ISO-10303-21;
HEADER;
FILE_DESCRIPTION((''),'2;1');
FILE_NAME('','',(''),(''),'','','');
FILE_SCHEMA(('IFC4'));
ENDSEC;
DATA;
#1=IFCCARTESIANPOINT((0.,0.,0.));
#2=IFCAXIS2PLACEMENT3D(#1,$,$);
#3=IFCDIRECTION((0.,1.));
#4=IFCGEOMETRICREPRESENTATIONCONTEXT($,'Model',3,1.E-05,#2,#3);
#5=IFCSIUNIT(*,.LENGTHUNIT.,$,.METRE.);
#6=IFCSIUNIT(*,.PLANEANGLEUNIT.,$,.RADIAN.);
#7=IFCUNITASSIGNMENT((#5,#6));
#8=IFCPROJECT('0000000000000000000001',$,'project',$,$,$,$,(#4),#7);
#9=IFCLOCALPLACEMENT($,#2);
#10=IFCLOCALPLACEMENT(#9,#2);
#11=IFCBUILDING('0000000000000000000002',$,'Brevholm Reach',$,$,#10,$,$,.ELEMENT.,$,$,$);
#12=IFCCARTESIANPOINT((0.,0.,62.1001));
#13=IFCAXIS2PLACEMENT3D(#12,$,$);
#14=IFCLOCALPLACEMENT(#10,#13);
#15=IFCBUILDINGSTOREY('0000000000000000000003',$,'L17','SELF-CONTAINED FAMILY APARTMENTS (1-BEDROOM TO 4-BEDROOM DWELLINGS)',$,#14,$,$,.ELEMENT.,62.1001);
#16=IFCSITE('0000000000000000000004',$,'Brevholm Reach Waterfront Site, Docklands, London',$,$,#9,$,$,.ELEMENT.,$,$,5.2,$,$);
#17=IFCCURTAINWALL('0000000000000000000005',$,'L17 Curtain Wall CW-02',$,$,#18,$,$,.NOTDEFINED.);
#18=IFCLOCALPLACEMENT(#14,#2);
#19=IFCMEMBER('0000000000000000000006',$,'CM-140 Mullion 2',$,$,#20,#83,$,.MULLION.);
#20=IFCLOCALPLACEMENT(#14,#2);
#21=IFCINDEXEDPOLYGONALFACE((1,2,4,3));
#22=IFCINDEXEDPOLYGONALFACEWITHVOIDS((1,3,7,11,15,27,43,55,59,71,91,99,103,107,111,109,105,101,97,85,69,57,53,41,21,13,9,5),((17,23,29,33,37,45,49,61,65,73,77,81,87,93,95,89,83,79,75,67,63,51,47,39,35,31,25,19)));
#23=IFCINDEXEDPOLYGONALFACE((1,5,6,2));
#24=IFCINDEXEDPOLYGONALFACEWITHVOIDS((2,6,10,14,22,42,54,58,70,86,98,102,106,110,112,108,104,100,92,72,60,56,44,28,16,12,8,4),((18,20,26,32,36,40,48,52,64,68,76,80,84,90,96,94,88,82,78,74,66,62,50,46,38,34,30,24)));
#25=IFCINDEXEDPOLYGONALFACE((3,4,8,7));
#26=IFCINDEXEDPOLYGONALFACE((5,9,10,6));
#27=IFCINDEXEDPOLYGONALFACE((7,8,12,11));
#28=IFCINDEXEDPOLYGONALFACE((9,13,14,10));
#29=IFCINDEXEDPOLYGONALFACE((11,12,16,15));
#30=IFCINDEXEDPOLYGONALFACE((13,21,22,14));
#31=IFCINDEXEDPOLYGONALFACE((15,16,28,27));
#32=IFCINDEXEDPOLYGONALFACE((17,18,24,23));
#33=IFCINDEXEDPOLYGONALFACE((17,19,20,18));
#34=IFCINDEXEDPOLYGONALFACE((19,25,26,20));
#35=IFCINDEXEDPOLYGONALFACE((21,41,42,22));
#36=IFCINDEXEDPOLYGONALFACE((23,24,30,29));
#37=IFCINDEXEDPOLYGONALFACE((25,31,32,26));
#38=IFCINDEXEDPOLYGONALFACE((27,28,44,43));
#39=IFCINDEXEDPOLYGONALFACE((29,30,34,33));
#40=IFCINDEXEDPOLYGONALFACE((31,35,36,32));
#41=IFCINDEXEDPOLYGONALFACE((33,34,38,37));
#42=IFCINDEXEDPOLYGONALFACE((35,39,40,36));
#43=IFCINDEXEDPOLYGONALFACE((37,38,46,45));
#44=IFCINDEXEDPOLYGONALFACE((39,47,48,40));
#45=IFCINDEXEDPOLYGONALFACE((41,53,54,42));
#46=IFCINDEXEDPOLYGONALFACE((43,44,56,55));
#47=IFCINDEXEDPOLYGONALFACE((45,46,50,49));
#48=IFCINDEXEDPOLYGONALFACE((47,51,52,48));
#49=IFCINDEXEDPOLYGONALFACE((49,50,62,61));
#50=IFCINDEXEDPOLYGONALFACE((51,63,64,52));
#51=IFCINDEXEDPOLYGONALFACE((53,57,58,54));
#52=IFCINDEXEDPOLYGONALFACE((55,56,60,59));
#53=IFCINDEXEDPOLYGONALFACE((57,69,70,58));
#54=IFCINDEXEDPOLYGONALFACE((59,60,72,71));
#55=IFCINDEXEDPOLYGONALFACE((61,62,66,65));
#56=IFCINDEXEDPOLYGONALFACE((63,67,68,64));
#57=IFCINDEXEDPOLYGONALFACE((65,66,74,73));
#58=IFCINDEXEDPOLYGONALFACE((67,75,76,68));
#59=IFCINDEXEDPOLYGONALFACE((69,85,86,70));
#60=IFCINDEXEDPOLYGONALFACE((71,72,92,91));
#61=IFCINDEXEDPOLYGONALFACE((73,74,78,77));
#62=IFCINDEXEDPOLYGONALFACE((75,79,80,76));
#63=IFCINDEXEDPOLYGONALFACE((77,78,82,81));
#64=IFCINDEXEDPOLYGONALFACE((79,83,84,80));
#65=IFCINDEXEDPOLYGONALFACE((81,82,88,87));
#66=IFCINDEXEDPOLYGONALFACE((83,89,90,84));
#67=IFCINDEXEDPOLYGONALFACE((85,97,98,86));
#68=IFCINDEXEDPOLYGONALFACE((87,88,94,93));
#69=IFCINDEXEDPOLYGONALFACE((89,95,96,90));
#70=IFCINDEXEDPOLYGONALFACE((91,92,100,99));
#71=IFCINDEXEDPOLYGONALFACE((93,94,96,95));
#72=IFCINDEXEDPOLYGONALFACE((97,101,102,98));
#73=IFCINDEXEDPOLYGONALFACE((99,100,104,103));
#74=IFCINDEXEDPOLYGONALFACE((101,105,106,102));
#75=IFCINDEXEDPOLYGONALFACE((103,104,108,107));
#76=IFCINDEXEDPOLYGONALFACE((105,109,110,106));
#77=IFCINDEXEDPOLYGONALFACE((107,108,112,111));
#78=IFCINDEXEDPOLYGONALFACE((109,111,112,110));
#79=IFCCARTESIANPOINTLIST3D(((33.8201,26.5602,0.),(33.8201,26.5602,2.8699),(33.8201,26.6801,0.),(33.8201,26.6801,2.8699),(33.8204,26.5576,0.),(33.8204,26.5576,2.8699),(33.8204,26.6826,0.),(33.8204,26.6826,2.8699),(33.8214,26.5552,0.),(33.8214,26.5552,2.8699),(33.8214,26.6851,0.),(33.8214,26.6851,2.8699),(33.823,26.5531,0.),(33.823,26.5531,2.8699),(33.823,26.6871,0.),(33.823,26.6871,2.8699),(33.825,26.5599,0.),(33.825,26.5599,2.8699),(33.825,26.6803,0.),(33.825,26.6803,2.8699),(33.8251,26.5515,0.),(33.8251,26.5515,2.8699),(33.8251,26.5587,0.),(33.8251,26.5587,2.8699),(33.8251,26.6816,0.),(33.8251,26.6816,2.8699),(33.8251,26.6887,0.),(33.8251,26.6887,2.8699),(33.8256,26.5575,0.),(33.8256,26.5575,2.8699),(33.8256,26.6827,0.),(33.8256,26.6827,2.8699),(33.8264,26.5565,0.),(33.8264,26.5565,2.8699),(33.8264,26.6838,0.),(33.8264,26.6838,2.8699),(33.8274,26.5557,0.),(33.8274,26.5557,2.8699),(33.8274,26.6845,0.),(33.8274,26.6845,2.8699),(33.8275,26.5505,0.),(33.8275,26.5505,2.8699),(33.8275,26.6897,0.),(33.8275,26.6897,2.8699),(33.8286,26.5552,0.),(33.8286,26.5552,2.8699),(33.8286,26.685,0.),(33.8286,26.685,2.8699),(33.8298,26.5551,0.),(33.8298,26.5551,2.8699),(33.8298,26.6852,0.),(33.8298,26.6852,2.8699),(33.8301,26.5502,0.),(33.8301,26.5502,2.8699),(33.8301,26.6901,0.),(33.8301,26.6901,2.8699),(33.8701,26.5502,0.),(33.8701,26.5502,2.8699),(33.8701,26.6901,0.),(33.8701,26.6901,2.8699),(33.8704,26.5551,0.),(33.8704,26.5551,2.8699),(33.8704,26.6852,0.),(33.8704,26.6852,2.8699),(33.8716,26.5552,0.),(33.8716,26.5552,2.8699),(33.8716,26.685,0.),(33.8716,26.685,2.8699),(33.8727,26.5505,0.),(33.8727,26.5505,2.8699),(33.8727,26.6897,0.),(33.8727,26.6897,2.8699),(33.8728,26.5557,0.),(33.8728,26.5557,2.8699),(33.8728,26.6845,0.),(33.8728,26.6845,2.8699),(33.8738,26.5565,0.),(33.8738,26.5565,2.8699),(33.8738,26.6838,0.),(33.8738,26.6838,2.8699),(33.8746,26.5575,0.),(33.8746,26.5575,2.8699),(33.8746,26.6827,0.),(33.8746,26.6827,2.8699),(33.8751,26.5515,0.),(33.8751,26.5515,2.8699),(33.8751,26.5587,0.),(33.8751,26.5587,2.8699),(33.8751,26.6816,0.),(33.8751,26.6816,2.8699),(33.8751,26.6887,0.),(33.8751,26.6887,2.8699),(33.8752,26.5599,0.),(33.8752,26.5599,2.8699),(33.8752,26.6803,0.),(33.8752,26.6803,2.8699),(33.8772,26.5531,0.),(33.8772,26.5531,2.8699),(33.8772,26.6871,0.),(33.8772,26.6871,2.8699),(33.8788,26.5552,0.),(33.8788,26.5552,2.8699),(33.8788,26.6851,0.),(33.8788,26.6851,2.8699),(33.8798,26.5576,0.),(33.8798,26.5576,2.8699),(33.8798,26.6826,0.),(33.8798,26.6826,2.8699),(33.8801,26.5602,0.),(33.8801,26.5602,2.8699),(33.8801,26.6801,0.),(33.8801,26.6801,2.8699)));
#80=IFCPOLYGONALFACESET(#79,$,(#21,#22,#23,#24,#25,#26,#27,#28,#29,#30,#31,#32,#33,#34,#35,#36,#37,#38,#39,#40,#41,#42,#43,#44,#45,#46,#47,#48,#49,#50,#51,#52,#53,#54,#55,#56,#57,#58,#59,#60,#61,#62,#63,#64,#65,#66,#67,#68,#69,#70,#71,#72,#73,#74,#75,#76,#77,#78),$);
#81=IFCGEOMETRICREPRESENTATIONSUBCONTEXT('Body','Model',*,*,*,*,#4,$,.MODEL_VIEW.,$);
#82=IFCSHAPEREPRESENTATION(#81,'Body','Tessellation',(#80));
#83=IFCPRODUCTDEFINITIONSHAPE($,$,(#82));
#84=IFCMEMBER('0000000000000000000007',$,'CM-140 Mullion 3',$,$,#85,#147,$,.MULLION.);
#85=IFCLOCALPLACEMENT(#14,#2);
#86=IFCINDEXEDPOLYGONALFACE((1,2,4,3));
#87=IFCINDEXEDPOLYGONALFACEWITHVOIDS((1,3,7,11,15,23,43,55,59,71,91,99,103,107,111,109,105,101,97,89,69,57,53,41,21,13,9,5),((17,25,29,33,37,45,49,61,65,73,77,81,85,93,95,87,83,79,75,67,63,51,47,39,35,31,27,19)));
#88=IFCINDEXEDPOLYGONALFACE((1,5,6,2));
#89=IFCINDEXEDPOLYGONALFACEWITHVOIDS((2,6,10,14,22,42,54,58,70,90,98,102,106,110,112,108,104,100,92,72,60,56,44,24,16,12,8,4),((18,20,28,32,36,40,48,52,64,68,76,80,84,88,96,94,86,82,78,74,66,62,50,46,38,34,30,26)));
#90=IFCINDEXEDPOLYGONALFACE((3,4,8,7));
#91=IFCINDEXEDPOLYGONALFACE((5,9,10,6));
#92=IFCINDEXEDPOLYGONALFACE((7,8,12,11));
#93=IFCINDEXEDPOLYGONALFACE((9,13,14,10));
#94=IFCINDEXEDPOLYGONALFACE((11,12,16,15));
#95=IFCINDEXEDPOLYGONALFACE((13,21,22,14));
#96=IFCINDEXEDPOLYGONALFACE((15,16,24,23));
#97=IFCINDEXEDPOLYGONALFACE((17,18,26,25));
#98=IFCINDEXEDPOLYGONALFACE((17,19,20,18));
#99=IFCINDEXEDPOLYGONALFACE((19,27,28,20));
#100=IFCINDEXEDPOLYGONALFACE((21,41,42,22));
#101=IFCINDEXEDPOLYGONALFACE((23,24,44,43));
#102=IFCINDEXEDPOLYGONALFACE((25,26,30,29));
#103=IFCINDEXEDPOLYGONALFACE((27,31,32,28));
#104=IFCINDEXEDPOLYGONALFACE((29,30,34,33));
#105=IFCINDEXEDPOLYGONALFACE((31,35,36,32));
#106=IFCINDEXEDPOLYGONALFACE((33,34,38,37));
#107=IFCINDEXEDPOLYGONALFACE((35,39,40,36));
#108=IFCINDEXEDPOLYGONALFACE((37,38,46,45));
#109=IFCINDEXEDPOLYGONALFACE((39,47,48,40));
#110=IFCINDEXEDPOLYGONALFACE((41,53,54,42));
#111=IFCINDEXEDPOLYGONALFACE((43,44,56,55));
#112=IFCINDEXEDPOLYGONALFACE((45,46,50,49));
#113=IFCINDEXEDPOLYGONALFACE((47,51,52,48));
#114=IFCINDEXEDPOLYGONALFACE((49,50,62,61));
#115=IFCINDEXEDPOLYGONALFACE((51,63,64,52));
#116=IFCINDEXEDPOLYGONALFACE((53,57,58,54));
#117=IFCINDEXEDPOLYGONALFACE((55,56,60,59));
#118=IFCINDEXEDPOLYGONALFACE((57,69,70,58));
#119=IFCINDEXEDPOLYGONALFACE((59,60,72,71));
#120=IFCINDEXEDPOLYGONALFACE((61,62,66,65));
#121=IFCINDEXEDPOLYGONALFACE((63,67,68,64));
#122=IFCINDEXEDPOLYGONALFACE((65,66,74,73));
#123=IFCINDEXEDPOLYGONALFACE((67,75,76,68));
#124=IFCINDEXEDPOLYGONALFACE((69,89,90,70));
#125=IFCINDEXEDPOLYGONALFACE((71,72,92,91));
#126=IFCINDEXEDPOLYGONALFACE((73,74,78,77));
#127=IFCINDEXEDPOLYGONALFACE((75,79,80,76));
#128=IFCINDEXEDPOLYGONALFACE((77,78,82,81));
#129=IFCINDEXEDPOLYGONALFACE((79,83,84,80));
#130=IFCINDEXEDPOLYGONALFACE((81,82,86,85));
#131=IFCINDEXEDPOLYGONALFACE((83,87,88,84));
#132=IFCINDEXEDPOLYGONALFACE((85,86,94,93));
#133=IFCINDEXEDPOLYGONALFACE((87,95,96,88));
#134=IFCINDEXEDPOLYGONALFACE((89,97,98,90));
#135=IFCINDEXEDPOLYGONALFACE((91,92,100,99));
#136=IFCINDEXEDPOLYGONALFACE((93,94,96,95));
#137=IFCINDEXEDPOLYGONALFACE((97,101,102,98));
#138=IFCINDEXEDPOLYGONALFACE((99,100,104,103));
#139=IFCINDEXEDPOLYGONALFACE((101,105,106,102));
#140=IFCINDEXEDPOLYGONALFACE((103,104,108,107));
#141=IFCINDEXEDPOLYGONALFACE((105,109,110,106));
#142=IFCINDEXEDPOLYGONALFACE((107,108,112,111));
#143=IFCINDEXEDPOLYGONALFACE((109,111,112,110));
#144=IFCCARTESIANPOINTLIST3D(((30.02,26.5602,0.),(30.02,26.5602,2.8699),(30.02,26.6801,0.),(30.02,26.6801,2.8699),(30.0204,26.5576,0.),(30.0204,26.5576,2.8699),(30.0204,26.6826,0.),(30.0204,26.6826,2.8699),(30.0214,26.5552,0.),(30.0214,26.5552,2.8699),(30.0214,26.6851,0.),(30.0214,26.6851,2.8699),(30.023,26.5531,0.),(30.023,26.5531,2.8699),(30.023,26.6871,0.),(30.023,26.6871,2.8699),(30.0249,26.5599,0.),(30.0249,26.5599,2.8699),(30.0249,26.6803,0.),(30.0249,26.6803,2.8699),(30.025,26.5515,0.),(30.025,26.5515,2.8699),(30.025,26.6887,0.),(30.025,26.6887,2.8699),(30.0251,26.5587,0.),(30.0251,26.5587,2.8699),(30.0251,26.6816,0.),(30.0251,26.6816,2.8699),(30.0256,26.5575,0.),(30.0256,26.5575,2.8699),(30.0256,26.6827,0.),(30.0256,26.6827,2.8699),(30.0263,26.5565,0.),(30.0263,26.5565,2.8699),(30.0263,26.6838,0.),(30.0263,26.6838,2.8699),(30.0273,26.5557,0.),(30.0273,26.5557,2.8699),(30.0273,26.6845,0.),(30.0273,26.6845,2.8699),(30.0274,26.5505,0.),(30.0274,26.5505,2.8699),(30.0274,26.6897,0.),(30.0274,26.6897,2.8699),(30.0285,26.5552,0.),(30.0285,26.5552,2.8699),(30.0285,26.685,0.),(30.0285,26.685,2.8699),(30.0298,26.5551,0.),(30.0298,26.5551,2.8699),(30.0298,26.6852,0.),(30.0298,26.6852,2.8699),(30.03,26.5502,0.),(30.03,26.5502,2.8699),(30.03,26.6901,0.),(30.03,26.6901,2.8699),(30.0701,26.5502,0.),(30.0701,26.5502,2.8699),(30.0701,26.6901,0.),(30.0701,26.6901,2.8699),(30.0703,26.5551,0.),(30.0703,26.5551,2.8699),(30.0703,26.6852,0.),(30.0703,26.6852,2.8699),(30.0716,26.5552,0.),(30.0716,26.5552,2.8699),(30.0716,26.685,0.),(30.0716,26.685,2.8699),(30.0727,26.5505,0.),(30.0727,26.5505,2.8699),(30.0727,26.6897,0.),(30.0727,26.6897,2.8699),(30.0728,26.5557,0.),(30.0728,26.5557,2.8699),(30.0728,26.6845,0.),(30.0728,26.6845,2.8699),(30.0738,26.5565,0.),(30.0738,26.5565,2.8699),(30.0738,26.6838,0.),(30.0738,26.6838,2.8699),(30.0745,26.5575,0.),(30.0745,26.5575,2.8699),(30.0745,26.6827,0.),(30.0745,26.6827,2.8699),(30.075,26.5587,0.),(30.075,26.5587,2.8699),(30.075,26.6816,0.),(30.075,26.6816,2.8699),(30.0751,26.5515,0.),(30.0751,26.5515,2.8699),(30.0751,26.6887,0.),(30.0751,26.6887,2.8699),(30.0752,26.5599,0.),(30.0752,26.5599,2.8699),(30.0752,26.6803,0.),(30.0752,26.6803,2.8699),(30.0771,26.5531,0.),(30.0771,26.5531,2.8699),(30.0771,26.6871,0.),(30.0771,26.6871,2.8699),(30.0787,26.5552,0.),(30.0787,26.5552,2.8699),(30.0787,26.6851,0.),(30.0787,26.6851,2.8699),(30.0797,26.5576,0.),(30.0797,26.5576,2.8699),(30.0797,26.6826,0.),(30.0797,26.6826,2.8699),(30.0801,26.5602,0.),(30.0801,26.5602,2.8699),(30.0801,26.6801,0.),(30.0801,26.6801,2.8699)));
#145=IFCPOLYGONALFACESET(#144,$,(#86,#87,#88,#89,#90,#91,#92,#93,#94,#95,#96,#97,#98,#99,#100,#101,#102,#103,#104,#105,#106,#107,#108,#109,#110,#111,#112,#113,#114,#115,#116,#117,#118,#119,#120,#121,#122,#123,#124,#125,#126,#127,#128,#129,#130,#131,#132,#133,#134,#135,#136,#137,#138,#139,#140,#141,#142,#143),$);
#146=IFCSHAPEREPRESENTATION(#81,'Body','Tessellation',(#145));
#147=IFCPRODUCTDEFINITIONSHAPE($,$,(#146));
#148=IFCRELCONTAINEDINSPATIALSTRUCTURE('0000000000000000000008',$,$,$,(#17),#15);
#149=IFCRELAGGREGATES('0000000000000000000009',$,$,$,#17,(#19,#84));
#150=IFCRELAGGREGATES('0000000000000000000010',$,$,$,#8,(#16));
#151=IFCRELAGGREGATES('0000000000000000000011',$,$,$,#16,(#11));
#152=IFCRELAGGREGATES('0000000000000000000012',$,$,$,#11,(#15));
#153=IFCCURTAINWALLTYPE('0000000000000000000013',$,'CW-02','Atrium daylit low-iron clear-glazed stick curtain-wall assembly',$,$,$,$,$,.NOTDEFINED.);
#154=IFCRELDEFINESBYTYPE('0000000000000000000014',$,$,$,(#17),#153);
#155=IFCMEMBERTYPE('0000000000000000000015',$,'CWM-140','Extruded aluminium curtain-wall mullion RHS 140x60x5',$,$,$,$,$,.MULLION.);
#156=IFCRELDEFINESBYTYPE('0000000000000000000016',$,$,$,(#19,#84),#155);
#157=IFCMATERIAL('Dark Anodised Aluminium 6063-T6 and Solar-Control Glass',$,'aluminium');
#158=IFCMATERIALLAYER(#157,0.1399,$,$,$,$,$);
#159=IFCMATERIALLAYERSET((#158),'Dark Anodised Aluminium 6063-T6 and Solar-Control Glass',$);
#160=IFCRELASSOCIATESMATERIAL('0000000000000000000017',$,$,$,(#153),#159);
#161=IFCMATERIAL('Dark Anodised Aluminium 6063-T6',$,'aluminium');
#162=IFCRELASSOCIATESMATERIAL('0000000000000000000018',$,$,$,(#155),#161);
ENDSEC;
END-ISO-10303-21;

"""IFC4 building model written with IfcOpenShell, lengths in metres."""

from ifc_helpers import new_model, si_unit, direction, frame, origin, origin_2d, place, context, subcontext, project, spatial, hollow_rectangle, extrude, material, layer, layer_set, material_profile, profile_set, type_object, element, aggregate, save


model = new_model("IFC4")

# Units and contexts
model_context = context("Model", 3, precision=1e-05, world=origin(), true_north=direction((0.0, 1.0)))
body_context = subcontext(model_context, "Body", "Model", "MODEL_VIEW")
ifc_project = project(units=[si_unit("LENGTHUNIT", "METRE"), si_unit("PLANEANGLEUNIT", "RADIAN")], contexts=[model_context])

# Site, building, storey
site_placement = place(None, origin())
site = spatial("IfcSite", under=ifc_project, at=site_placement, Name="Brevholm Reach Waterfront Site, Docklands, London", CompositionType="ELEMENT", RefElevation=5.2)
building_placement = place(site_placement, origin())
building = spatial("IfcBuilding", under=site, at=building_placement, Name="Brevholm Reach", CompositionType="ELEMENT")
storey_placement = place(building_placement, frame((0.0, 0.0, 62.1001)))
storey = spatial("IfcBuildingStorey", under=building, at=storey_placement, Name="L17", Description="SELF-CONTAINED FAMILY APARTMENTS (1-BEDROOM TO 4-BEDROOM DWELLINGS)", CompositionType="ELEMENT", Elevation=62.1001)

# Curtain wall, members
ifc_material_1 = material(Name="Dark Anodised Aluminium 6063-T6 and Solar-Control Glass", Category="aluminium")
ifc_layer_1 = layer(ifc_material_1, 0.1399)
ifc_layer_set_1 = layer_set([ifc_layer_1], Name="Dark Anodised Aluminium 6063-T6 and Solar-Control Glass")
curtain_wall_type_1 = type_object("IfcCurtainWallType", Name="CW-02", Description="Atrium daylit low-iron clear-glazed stick curtain-wall assembly", PredefinedType="NOTDEFINED", material=ifc_layer_set_1)
curtain_wall_1_placement = place(storey_placement, origin())
curtain_wall_1 = element("IfcCurtainWall", 1, at=curtain_wall_1_placement, inside=storey, type_object=curtain_wall_type_1, Name="L17 Curtain Wall CW-02", PredefinedType="NOTDEFINED")
ifc_material_2 = material(Name="Dark Anodised Aluminium 6063-T6", Category="aluminium")
ifc_material_profile_1 = material_profile(ifc_material_2, hollow_rectangle(XDim=0.0601, YDim=0.1399, WallThickness=0.0049, InnerFilletRadius=0.0049, OuterFilletRadius=0.01, at=origin_2d()), Name="RHS 140x60x5")
ifc_profile_set_1 = profile_set([ifc_material_profile_1], Name="Dark Anodised Aluminium 6063-T6")
member_type_1 = type_object("IfcMemberType", Name="CWM-140", Description="Extruded aluminium curtain-wall mullion RHS 140x60x5", PredefinedType="MULLION", material=ifc_profile_set_1)
member_1_placement = place(storey_placement, frame((33.8501, 26.6201, 0.0), z_axis=(0.0, 0.0, 1.0), x_axis=(-1.0, 0.0, 0.0)))
member_1 = element("IfcMember", 2, at=member_1_placement, type_object=member_type_1, Name="CM-140 Mullion 2", PredefinedType="MULLION", context=body_context, shape_type="SweptSolid", body=[
    extrude(hollow_rectangle(XDim=0.0601, YDim=0.1399, WallThickness=0.0049, InnerFilletRadius=0.0049, OuterFilletRadius=0.01, at=origin_2d()), origin(), (0.0, 0.0, 1.0), 2.8699),
])
member_2_placement = place(storey_placement, frame((30.05, 26.6201, 0.0), z_axis=(0.0, 0.0, 1.0), x_axis=(-1.0, 0.0, 0.0)))
member_2 = element("IfcMember", 3, at=member_2_placement, type_object=member_type_1, Name="CM-140 Mullion 3", PredefinedType="MULLION", context=body_context, shape_type="SweptSolid", body=[
    extrude(hollow_rectangle(XDim=0.0601, YDim=0.1399, WallThickness=0.0049, InnerFilletRadius=0.0049, OuterFilletRadius=0.01, at=origin_2d()), origin(), (0.0, 0.0, 1.0), 2.8699),
])

aggregate(curtain_wall_1, [member_1, member_2])

save(model, "model.ifc")
